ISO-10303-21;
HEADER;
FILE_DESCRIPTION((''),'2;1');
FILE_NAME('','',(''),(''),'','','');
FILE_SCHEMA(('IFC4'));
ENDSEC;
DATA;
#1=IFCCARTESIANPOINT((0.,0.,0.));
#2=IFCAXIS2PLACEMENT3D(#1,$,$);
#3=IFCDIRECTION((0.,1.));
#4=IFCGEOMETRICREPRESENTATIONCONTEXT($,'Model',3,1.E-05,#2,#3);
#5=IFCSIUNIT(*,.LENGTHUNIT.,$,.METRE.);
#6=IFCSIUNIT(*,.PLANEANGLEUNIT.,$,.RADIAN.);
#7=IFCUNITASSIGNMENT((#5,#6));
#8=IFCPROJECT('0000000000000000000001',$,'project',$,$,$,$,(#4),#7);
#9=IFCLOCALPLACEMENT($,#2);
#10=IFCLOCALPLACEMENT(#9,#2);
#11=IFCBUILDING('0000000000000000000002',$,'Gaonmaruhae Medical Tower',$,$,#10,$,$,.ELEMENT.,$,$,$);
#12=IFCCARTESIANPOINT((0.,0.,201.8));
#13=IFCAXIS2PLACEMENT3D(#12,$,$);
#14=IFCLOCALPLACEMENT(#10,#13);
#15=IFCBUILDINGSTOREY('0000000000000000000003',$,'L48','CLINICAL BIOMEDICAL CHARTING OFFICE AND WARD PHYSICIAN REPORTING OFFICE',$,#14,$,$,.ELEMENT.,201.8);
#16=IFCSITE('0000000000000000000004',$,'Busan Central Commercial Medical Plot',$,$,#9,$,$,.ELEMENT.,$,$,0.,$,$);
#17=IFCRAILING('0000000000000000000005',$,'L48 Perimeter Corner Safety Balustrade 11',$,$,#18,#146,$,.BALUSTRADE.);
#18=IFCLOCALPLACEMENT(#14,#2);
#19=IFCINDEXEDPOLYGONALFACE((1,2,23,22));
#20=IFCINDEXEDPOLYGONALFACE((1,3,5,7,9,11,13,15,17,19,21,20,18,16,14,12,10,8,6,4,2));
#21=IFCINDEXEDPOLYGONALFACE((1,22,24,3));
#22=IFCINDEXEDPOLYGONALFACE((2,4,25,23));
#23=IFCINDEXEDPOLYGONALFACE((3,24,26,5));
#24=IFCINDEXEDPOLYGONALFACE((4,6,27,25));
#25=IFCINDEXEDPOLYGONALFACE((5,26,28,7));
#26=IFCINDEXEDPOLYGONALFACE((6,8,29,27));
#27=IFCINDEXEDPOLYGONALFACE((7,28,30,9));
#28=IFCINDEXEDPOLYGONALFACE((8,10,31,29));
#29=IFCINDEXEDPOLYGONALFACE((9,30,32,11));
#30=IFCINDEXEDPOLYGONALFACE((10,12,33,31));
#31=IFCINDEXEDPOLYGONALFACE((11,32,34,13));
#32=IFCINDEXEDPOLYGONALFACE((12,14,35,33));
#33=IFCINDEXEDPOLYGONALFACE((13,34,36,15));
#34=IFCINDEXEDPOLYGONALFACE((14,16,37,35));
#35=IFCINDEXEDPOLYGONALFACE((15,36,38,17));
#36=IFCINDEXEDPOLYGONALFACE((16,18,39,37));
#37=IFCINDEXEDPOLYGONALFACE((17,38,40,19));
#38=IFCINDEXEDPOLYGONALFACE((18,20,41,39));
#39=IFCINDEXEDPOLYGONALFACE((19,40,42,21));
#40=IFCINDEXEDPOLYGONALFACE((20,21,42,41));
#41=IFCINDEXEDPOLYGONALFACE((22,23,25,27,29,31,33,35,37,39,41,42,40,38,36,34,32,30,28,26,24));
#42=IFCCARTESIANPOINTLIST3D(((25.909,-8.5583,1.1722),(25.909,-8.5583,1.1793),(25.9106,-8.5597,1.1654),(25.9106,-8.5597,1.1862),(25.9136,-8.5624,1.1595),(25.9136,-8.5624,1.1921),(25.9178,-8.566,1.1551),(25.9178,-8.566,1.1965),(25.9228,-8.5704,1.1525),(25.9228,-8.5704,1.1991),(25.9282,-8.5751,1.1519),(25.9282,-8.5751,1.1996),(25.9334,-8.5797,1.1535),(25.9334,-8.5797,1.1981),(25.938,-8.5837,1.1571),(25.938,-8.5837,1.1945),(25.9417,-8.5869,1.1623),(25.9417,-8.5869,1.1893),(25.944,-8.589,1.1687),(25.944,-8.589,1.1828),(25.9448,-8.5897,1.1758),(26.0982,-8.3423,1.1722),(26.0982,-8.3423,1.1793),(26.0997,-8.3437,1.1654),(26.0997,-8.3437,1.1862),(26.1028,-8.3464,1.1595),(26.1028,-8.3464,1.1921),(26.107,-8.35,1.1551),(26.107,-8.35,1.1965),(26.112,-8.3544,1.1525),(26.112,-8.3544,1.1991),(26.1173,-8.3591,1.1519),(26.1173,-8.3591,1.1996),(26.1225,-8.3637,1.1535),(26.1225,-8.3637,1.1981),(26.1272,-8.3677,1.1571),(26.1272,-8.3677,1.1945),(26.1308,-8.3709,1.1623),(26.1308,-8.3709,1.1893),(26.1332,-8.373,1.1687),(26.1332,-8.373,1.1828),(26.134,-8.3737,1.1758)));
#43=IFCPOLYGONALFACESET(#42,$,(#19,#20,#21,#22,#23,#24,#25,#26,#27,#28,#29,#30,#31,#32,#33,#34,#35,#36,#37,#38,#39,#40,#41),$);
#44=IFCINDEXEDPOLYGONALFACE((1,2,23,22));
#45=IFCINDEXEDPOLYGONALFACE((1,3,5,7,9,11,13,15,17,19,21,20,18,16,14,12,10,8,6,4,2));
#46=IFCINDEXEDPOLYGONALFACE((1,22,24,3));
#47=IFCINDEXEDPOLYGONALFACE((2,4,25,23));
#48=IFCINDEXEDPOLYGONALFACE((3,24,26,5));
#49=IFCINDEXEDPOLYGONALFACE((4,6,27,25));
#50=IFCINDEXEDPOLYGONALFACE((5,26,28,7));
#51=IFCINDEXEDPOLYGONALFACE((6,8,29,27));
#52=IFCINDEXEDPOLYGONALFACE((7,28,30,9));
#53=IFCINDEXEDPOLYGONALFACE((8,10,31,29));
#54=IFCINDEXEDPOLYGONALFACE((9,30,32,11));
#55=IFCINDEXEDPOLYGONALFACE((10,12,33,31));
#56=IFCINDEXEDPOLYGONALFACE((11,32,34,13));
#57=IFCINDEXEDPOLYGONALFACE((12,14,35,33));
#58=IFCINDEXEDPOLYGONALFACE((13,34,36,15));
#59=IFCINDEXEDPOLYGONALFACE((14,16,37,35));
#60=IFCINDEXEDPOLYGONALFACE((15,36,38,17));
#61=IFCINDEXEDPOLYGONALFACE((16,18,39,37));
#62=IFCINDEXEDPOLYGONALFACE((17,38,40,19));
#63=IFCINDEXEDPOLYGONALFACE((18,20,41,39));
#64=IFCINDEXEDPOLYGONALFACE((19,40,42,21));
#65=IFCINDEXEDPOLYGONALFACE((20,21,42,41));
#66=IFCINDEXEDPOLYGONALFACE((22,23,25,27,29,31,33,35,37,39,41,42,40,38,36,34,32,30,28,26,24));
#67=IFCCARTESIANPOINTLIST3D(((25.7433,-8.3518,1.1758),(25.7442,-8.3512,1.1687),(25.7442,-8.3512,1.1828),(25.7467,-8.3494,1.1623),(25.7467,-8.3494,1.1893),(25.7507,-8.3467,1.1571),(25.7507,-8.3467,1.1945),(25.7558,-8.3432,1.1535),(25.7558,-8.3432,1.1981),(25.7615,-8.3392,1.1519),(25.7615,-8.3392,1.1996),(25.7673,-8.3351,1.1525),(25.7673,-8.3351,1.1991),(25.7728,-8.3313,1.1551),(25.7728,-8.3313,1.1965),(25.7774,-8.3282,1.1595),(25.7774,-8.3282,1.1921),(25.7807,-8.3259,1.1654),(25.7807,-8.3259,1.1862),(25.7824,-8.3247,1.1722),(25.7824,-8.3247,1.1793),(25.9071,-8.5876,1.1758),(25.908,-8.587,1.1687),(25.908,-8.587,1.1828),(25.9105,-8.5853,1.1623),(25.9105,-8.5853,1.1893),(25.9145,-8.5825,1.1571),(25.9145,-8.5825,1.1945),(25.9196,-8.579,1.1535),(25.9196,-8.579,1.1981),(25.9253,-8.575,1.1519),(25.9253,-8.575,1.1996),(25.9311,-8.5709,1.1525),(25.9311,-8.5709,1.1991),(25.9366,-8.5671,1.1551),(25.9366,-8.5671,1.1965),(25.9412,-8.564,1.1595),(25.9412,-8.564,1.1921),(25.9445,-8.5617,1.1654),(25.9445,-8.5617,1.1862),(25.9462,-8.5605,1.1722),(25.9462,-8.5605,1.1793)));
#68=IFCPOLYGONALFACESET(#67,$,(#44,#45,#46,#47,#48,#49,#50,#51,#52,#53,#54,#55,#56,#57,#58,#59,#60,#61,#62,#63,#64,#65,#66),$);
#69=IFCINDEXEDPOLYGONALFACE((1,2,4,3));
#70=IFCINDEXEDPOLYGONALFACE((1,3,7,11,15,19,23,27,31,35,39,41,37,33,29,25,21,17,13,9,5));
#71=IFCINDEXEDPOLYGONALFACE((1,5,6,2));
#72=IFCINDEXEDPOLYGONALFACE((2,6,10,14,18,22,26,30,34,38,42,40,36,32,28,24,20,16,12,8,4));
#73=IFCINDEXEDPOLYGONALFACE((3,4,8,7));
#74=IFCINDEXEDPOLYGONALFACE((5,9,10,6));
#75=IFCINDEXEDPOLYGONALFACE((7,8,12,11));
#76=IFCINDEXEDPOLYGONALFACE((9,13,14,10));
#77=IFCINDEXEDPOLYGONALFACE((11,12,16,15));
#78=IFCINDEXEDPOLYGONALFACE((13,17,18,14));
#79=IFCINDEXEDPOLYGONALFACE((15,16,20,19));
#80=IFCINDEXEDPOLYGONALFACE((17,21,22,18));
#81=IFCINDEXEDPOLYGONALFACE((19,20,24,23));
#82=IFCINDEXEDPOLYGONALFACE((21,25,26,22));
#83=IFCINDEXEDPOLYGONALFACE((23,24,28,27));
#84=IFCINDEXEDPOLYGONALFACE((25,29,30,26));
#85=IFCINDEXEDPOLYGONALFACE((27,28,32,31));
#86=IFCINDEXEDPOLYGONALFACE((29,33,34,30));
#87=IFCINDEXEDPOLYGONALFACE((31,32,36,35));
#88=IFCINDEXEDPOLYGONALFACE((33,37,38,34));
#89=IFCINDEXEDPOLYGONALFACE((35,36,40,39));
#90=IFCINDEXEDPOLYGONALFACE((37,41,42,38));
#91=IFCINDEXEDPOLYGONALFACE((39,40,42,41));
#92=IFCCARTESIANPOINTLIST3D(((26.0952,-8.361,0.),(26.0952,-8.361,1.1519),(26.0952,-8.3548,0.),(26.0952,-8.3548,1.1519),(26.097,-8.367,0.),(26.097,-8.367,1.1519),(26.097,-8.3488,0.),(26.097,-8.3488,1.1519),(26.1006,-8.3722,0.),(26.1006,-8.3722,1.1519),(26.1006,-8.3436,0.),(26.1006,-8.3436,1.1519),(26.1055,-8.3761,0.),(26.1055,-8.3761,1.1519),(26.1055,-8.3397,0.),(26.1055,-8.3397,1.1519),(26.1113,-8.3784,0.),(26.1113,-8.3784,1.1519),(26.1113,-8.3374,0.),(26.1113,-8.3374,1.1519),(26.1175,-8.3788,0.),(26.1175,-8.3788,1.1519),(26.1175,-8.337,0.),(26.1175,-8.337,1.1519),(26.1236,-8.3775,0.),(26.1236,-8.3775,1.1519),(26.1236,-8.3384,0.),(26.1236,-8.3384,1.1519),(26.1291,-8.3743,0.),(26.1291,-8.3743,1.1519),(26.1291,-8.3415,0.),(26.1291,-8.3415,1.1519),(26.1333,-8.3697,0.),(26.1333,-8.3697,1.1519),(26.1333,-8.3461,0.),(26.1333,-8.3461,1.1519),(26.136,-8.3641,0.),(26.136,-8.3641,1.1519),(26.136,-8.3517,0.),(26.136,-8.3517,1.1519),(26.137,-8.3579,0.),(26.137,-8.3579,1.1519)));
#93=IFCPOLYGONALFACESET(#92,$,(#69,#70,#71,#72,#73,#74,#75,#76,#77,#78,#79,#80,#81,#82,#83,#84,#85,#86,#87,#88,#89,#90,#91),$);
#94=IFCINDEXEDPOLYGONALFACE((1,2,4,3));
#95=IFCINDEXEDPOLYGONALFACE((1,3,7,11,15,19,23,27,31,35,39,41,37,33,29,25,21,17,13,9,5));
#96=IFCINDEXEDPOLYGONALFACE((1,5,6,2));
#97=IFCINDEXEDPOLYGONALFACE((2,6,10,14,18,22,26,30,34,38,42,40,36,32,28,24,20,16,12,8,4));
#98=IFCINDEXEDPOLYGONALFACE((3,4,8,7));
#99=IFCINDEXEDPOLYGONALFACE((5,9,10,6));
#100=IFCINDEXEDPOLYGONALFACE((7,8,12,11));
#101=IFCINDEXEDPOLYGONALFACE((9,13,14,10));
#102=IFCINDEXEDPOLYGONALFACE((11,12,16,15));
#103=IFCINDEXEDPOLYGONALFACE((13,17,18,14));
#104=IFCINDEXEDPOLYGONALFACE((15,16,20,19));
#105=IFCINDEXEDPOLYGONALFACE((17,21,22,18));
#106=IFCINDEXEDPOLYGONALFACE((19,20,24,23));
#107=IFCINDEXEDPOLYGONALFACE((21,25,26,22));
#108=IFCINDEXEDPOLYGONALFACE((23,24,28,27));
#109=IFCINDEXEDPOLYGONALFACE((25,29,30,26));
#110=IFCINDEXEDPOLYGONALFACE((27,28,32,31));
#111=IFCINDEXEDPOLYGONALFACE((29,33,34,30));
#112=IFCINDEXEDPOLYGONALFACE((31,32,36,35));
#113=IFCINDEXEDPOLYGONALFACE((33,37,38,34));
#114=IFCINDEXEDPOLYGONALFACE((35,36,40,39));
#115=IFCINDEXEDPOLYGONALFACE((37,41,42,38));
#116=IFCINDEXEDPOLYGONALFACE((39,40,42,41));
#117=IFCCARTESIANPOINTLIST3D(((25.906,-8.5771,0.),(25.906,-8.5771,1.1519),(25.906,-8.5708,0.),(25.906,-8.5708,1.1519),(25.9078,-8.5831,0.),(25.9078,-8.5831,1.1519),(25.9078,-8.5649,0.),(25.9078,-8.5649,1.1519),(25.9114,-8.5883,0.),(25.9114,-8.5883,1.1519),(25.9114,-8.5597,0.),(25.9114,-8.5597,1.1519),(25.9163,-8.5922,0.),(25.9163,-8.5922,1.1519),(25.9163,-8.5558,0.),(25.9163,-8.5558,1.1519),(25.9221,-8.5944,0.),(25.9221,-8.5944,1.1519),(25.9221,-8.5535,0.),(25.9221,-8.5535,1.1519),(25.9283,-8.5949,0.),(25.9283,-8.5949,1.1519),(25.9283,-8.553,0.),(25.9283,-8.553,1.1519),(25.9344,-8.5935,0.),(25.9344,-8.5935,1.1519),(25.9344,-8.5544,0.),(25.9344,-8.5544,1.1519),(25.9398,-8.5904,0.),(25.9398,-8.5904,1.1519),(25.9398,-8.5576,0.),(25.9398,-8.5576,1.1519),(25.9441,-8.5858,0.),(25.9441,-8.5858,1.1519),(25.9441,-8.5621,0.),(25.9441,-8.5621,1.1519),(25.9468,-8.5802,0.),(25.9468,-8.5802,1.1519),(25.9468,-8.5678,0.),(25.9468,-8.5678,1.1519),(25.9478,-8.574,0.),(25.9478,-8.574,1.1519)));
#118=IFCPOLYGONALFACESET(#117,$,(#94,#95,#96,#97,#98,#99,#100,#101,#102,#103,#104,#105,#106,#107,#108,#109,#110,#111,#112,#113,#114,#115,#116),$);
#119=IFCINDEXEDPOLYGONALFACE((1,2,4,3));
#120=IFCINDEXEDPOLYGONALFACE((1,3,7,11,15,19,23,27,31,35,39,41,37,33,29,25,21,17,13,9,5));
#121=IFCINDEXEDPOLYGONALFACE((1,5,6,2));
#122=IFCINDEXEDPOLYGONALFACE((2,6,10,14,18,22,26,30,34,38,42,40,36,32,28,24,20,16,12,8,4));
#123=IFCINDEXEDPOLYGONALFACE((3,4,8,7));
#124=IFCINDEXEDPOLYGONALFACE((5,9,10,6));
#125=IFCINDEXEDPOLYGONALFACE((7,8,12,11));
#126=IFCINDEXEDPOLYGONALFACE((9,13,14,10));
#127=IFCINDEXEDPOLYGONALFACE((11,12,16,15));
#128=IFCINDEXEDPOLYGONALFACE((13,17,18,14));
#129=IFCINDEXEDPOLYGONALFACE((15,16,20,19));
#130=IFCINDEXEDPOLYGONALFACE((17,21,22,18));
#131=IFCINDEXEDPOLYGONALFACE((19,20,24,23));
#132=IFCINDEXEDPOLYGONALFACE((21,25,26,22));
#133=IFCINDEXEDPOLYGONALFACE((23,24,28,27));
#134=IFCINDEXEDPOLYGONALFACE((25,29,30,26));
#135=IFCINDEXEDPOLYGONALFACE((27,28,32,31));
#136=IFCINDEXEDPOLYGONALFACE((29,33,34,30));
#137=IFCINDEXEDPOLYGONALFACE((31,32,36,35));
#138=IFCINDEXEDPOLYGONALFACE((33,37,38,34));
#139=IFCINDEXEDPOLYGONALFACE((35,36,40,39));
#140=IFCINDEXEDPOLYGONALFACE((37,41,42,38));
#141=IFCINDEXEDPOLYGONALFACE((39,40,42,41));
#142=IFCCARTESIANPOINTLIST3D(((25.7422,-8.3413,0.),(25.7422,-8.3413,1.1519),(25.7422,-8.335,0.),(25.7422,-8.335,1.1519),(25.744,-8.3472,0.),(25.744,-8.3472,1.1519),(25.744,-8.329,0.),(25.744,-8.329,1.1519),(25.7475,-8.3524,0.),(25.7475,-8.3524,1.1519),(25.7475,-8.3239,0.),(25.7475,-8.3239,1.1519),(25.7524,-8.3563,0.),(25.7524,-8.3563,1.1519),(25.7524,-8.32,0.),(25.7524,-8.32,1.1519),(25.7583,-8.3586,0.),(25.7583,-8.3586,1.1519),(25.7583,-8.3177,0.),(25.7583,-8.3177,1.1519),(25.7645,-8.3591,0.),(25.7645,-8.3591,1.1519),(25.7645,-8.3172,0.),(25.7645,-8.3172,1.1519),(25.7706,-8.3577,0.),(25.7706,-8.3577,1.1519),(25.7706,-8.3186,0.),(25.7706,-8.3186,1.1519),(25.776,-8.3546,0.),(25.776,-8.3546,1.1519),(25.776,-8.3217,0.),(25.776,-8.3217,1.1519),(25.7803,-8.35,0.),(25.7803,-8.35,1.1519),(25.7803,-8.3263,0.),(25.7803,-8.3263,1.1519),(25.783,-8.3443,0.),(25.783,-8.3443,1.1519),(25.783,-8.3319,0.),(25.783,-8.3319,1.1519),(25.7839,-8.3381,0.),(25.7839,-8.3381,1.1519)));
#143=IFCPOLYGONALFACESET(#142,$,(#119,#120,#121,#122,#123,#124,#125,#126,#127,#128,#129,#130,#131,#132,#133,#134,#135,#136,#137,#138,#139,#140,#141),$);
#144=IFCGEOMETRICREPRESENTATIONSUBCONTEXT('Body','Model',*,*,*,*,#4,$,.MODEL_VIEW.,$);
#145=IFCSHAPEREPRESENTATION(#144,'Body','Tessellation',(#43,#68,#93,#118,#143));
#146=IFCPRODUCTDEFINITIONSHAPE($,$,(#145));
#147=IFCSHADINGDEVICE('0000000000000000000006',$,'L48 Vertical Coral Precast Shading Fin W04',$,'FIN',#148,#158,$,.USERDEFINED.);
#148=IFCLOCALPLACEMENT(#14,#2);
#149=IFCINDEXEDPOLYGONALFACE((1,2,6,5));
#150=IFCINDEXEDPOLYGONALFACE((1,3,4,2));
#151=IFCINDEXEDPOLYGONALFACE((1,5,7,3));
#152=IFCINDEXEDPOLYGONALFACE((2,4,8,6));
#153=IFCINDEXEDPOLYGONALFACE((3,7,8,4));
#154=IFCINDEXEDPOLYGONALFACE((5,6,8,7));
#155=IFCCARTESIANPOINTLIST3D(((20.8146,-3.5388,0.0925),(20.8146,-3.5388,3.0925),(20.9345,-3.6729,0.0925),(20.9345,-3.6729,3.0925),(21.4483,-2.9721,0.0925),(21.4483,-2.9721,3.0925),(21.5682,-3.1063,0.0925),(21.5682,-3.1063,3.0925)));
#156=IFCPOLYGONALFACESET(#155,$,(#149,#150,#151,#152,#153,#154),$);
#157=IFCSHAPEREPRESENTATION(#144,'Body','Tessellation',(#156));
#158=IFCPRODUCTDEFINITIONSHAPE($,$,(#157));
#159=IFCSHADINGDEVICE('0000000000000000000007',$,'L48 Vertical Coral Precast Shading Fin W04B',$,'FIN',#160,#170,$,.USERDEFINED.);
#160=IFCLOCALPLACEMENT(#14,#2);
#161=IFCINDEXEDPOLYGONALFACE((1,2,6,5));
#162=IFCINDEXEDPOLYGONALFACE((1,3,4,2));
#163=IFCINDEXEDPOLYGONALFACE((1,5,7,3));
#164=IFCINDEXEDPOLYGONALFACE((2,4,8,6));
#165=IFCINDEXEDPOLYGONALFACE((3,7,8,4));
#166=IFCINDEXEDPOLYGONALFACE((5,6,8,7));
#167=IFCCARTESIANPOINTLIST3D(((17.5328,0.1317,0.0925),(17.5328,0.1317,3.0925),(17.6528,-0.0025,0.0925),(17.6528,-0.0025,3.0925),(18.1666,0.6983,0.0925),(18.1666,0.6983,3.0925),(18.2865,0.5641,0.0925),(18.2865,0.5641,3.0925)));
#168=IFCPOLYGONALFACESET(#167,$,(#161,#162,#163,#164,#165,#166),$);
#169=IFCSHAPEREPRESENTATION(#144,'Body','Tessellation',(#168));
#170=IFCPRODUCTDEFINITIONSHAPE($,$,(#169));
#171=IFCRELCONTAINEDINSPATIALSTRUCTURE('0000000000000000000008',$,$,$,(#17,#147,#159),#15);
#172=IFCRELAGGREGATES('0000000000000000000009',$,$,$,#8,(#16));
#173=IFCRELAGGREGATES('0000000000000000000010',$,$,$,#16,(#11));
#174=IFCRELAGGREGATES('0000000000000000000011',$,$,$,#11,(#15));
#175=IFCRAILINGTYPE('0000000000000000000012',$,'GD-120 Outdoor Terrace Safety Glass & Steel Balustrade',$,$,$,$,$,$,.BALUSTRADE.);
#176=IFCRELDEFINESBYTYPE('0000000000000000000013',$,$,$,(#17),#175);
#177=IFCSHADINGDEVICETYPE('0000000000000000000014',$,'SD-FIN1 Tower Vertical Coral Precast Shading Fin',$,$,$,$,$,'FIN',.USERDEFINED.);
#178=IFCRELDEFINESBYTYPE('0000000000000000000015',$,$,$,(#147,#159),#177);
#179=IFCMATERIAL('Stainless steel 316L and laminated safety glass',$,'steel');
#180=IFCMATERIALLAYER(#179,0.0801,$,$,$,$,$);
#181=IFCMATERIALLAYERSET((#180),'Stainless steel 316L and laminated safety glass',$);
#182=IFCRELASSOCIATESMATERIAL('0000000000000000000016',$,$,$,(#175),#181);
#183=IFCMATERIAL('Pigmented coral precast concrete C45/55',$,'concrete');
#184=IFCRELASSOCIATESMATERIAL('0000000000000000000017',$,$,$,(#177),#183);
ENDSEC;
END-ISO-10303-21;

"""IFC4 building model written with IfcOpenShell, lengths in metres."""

from ifc_helpers import new_model, si_unit, direction, frame, origin, origin_2d, place, context, subcontext, project, spatial, rectangle, circle, extrude, material, layer, layer_set, type_object, element, save


model = new_model("IFC4")

# Units and contexts
model_context = context("Model", 3, precision=1e-05, world=origin(), true_north=direction((0.0, 1.0)))
body_context = subcontext(model_context, "Body", "Model", "MODEL_VIEW")
ifc_project = project(units=[si_unit("LENGTHUNIT", "METRE"), si_unit("PLANEANGLEUNIT", "RADIAN")], contexts=[model_context])

# Site, building, storey
site_placement = place(None, origin())
site = spatial("IfcSite", under=ifc_project, at=site_placement, Name="Busan Central Commercial Medical Plot", CompositionType="ELEMENT", RefElevation=0.0)
building_placement = place(site_placement, origin())
building = spatial("IfcBuilding", under=site, at=building_placement, Name="Gaonmaruhae Medical Tower", CompositionType="ELEMENT")
storey_placement = place(building_placement, frame((0.0, 0.0, 201.8)))
storey = spatial("IfcBuildingStorey", under=building, at=storey_placement, Name="L48", Description="CLINICAL BIOMEDICAL CHARTING OFFICE AND WARD PHYSICIAN REPORTING OFFICE", CompositionType="ELEMENT", Elevation=201.8)

# Railing
ifc_material_1 = material(Name="Stainless steel 316L and laminated safety glass", Category="steel")
ifc_layer_1 = layer(ifc_material_1, 0.0801)
ifc_layer_set_1 = layer_set([ifc_layer_1], Name="Stainless steel 316L and laminated safety glass")
railing_type = type_object("IfcRailingType", Name="GD-120 Outdoor Terrace Safety Glass & Steel Balustrade", PredefinedType="BALUSTRADE", material=ifc_layer_set_1)
railing_1_placement = place(storey_placement, frame((26.116, -8.3579, 0.0)))
element("IfcRailing", 1, at=railing_1_placement, inside=storey, type_object=railing_type, Name="L48 Perimeter Corner Safety Balustrade 11", PredefinedType="BALUSTRADE", context=body_context, shape_type="SweptSolid", body=[
    extrude(circle(Radius=0.0239, at=origin_2d()), frame((0.0, 0.0, 1.1758), z_axis=(-0.658805, -0.752313, 0.0), x_axis=(0.752313, -0.658805, 0.0)), (0.0, 0.0, 1.0), 0.2871),
    extrude(circle(Radius=0.0239, at=origin_2d()), frame((-0.1892, -0.2161, 1.1758), z_axis=(-0.570491, 0.821304, 0.0), x_axis=(-0.821304, -0.570491, 0.0)), (0.0, 0.0, 1.0), 0.2871),
    extrude(circle(Radius=0.021, at=origin_2d()), origin(), (0.0, 0.0, 1.0), 1.1519),
    extrude(circle(Radius=0.021, at=origin_2d()), frame((-0.1892, -0.2161, 0.0)), (0.0, 0.0, 1.0), 1.1519),
    extrude(circle(Radius=0.021, at=origin_2d()), frame((-0.353, 0.0198, 0.0)), (0.0, 0.0, 1.0), 1.1519),
])

# Shading devices
ifc_material_2 = material(Name="Pigmented coral precast concrete C45/55", Category="concrete")
shading_device_type = type_object("IfcShadingDeviceType", Name="SD-FIN1 Tower Vertical Coral Precast Shading Fin", ElementType="FIN", PredefinedType="USERDEFINED", material=ifc_material_2)
for number, where, z_axis, x_axis, name in (
    (2, (21.1914, -3.3225, 0.0925), (0.0, 0.0, 1.0), (-0.666532, 0.745476, 0.0), "L48 Vertical Coral Precast Shading Fin W04"),
    (3, (17.9097, 0.3479, 0.0925), (0.0, 0.0, 1.0), (-0.666532, 0.745476, 0.0), "L48 Vertical Coral Precast Shading Fin W04B"),
):
    element("IfcShadingDevice", number, at=place(storey_placement, frame(where, z_axis=z_axis, x_axis=x_axis)), inside=storey, type_object=shading_device_type, Name=name, ObjectType="FIN", PredefinedType="USERDEFINED", context=body_context, shape_type="SweptSolid", body=[
        extrude(rectangle(XDim=0.1799, YDim=0.8501, at=origin_2d()), origin(), (0.0, 0.0, 1.0), 3.0),
    ])

save(model, "model.ifc")
